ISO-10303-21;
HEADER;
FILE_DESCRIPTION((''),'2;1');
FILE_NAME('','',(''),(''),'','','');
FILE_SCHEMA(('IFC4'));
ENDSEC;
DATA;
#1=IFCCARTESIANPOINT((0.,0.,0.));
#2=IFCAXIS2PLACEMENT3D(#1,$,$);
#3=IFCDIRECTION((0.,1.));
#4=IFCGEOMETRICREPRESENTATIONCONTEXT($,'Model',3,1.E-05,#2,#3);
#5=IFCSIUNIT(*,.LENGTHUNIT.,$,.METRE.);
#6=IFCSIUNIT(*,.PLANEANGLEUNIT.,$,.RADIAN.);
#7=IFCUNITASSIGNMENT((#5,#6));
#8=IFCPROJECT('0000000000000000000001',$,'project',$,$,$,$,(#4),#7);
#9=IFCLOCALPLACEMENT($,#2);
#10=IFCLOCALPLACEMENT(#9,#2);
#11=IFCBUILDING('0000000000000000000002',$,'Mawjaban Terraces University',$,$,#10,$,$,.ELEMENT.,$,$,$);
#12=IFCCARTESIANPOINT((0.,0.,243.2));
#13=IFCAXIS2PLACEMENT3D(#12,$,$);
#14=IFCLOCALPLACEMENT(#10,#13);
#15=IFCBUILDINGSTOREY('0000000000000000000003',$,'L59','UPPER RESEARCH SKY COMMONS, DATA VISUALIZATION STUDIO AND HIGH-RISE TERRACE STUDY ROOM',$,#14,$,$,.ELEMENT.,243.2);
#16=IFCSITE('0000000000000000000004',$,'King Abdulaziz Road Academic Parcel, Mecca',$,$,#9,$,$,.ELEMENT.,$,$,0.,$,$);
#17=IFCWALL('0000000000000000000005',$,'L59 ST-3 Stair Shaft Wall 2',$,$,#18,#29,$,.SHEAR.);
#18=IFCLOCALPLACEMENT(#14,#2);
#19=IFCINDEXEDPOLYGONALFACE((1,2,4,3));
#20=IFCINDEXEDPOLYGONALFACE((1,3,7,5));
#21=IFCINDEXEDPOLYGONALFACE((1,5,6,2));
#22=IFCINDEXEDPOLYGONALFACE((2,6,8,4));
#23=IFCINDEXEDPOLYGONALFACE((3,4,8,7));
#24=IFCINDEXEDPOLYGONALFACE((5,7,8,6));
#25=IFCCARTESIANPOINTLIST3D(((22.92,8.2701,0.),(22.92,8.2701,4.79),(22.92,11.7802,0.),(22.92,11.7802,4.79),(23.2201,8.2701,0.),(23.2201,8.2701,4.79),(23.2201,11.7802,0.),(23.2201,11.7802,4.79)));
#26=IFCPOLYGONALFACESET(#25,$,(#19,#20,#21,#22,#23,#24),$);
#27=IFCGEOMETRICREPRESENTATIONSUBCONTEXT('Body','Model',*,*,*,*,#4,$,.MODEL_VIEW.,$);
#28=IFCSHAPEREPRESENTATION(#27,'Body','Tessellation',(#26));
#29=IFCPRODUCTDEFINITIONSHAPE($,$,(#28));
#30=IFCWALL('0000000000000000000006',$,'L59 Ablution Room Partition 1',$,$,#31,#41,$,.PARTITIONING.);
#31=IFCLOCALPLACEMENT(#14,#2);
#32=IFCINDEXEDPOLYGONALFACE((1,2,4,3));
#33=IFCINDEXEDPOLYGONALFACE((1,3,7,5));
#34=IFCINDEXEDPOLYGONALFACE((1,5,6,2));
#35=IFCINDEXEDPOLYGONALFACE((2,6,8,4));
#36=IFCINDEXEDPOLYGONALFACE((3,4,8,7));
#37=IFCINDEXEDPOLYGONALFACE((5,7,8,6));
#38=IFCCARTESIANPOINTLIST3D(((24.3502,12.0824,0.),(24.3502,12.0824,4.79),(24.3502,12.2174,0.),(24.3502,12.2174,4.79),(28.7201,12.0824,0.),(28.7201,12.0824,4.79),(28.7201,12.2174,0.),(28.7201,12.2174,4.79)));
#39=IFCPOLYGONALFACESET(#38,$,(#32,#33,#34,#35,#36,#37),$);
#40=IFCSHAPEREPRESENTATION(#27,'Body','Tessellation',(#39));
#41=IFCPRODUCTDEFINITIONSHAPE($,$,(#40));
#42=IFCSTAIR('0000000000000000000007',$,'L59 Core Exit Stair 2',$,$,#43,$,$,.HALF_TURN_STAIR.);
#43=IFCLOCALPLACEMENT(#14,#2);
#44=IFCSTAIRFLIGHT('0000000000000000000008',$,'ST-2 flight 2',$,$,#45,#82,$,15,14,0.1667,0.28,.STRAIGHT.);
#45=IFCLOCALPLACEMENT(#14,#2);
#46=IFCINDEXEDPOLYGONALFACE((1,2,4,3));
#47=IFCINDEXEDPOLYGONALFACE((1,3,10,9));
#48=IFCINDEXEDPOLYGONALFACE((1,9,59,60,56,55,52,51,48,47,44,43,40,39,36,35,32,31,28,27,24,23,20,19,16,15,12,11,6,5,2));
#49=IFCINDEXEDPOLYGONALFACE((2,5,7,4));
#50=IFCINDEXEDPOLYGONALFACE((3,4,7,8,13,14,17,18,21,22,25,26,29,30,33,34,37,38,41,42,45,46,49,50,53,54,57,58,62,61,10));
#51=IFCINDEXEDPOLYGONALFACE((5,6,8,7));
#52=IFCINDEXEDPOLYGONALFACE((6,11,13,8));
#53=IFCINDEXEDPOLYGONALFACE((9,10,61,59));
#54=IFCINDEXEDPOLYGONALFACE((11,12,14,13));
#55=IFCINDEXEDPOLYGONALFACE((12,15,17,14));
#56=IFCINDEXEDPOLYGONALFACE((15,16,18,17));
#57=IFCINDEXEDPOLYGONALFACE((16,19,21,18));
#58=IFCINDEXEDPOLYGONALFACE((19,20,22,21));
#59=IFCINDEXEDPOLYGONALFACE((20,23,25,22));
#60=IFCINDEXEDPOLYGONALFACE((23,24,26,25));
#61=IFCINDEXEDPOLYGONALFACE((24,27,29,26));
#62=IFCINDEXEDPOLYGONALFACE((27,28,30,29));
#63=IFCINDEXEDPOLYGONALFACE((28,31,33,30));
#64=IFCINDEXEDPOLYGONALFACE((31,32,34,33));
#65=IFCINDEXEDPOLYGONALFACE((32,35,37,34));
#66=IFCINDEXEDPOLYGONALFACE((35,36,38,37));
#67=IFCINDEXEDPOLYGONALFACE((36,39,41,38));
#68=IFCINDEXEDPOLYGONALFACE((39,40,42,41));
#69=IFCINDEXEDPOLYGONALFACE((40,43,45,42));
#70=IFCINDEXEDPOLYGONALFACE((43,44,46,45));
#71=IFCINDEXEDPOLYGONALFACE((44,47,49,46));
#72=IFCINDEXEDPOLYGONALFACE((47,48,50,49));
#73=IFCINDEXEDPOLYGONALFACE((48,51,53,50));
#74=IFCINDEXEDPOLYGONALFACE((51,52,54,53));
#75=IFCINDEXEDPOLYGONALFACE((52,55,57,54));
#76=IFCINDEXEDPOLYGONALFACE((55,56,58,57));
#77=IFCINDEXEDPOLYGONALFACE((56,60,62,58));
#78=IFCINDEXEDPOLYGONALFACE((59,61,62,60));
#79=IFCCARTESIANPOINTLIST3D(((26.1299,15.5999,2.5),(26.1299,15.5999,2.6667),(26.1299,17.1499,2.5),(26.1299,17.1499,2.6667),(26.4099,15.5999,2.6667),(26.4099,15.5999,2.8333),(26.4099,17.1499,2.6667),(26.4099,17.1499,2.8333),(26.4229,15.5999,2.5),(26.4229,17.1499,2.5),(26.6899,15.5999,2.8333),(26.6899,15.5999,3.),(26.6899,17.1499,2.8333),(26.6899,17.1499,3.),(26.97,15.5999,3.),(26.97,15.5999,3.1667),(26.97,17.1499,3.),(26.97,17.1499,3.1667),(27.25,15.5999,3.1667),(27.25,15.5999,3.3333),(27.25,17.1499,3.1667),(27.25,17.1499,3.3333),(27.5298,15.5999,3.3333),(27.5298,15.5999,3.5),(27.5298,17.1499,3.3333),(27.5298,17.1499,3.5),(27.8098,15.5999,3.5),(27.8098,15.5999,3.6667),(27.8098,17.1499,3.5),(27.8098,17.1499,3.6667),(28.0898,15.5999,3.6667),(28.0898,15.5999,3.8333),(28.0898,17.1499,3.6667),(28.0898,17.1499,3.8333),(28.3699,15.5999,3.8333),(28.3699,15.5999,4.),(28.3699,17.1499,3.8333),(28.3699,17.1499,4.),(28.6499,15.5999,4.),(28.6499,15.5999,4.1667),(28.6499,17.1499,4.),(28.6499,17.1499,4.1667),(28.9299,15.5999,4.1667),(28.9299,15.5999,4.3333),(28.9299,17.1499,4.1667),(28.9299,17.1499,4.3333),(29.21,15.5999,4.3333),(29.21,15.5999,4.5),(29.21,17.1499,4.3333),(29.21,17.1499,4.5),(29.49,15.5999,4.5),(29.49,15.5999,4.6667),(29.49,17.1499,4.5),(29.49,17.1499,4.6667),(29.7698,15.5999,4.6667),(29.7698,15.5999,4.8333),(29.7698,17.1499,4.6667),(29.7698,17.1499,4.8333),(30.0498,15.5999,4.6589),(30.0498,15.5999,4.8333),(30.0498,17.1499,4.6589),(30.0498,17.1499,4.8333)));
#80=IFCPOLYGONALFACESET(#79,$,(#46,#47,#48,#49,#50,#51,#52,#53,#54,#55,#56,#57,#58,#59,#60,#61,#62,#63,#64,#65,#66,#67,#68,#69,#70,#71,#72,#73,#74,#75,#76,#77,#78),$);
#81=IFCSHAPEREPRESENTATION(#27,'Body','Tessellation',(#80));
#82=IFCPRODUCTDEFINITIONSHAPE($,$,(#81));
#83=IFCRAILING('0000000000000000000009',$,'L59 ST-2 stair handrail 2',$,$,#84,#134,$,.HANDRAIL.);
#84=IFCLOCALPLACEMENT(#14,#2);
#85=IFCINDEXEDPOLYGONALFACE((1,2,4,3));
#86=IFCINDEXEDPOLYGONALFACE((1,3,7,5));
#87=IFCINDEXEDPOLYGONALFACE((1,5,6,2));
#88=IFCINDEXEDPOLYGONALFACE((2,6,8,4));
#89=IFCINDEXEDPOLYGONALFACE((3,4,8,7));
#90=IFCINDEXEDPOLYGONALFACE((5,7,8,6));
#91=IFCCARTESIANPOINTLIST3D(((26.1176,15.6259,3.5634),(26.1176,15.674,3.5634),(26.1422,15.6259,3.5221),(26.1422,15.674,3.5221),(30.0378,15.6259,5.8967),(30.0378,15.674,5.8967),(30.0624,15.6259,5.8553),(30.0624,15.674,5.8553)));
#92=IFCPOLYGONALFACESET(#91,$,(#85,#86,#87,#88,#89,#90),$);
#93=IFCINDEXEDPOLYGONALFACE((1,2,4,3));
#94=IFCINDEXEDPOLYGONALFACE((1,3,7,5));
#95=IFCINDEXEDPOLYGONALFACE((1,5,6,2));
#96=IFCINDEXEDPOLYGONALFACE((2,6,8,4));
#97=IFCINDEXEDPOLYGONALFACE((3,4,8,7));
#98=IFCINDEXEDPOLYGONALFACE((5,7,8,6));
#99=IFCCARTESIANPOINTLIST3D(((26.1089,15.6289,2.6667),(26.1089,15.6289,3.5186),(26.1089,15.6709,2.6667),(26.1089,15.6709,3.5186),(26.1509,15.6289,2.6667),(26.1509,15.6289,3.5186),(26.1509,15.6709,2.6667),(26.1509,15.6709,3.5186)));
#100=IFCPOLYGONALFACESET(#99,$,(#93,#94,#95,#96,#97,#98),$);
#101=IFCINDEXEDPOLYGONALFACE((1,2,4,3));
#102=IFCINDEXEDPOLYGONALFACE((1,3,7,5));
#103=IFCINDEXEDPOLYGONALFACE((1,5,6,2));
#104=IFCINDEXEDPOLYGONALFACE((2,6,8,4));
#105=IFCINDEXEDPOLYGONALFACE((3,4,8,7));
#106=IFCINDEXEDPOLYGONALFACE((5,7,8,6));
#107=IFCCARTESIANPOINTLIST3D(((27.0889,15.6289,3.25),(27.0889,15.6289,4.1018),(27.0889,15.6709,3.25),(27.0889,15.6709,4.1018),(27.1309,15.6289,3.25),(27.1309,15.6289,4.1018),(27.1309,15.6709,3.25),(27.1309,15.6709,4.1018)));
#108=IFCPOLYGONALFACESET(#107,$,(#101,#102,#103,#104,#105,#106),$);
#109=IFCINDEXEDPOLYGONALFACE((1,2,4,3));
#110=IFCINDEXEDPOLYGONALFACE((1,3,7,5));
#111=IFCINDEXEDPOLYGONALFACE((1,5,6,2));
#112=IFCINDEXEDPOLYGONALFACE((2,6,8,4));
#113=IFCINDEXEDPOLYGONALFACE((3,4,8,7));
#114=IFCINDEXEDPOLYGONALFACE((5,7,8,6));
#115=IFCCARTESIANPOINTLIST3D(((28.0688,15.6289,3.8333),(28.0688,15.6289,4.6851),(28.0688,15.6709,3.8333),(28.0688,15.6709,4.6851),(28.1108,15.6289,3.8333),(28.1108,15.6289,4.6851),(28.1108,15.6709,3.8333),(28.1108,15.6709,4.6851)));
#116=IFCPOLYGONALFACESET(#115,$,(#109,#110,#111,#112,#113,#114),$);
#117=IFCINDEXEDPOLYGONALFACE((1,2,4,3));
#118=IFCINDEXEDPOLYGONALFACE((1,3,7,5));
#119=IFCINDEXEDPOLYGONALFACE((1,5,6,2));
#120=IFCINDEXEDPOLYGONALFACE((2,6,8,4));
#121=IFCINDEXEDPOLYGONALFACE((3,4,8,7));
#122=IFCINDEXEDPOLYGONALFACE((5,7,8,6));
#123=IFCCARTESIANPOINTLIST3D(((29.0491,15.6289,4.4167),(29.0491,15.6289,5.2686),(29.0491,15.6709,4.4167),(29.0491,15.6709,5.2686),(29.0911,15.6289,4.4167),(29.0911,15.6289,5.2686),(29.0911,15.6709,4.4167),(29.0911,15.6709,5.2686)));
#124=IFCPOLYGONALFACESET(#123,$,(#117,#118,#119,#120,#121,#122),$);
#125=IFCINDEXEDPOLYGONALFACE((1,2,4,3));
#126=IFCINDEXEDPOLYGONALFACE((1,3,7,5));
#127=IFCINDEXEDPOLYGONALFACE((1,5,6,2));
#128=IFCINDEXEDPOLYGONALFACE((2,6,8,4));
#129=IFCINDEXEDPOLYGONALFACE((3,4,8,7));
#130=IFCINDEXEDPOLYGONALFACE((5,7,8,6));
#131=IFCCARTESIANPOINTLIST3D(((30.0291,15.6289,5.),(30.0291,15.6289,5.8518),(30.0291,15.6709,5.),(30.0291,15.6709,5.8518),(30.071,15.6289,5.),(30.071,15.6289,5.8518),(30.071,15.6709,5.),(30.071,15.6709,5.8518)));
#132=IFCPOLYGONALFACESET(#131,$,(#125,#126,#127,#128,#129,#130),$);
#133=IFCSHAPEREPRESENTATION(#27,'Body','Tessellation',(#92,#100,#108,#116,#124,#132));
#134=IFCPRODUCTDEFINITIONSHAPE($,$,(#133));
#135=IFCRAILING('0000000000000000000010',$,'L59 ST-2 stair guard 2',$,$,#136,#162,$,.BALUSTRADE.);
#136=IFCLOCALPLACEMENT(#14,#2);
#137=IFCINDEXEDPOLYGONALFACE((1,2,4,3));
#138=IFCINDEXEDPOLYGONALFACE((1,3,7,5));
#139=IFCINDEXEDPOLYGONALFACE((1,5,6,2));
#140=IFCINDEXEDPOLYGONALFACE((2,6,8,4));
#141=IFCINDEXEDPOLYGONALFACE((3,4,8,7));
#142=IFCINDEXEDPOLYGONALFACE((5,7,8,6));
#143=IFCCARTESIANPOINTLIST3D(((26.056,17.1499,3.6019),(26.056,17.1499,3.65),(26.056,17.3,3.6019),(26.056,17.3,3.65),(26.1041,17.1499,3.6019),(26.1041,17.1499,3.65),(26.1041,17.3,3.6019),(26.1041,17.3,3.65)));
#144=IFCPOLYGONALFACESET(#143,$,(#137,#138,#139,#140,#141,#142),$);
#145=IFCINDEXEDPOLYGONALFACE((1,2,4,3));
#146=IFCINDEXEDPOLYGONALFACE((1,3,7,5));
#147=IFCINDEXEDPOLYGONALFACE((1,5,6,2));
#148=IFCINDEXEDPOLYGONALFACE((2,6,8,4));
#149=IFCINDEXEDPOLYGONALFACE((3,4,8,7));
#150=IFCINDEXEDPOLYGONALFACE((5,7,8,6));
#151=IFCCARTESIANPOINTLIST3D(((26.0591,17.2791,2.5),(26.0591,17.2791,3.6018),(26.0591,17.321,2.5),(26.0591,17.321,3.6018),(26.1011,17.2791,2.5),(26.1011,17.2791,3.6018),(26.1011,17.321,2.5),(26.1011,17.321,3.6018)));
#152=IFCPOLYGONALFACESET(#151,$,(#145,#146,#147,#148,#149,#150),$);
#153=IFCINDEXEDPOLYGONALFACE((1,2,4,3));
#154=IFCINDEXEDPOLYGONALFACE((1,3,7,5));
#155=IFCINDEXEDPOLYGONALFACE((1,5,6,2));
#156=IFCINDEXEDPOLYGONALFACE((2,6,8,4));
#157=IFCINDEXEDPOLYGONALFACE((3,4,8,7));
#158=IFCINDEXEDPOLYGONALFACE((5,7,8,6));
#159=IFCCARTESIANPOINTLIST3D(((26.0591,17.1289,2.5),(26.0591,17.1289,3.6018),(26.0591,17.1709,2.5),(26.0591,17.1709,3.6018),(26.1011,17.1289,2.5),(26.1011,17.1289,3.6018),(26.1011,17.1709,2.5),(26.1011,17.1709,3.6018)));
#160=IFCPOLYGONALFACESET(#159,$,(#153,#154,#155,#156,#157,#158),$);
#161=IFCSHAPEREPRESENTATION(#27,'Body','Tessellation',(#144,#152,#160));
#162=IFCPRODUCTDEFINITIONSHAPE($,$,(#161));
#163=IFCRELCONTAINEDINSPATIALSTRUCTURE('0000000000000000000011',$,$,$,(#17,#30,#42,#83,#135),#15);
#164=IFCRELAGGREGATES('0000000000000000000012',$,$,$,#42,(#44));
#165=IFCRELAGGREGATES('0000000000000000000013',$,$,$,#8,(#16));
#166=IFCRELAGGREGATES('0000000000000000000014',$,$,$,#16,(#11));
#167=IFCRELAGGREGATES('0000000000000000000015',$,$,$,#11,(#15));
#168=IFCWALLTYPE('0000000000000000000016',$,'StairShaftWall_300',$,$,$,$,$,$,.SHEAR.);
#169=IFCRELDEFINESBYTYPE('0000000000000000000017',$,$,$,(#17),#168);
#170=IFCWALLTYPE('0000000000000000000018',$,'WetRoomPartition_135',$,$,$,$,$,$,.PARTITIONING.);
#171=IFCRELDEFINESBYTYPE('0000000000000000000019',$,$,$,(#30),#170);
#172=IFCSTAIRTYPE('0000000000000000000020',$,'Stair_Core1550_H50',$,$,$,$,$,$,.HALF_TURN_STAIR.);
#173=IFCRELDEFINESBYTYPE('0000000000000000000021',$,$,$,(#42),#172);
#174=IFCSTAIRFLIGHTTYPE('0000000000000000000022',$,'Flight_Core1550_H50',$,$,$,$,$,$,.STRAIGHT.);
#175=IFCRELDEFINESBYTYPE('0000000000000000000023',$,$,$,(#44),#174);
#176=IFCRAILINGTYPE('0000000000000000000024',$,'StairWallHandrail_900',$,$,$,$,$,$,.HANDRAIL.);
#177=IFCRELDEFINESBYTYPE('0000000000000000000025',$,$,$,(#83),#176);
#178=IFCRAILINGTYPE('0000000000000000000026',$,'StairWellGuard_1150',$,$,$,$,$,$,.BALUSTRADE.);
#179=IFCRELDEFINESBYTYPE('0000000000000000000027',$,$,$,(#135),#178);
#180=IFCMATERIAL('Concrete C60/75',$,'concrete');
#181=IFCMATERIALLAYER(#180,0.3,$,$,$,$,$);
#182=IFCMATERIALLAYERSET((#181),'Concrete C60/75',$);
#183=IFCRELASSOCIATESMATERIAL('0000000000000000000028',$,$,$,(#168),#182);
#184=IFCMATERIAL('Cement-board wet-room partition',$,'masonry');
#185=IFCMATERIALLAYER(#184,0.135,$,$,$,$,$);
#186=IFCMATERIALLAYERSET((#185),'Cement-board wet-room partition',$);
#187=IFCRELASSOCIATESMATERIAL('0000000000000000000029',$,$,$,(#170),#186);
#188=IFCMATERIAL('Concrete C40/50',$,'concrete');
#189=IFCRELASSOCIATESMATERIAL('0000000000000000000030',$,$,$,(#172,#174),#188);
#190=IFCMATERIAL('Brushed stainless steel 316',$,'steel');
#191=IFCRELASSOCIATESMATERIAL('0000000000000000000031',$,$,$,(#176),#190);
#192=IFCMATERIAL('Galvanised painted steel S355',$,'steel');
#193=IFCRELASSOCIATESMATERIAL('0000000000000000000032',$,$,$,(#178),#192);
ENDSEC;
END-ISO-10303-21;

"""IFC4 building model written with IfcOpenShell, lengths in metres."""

from ifc_helpers import new_model, si_unit, direction, frame, frame_2d, origin, origin_2d, place, context, subcontext, project, spatial, polyline, rectangle, outline, extrude, material, layer, layer_set, type_object, element, aggregate, save


model = new_model("IFC4")

# Units and contexts
model_context = context("Model", 3, precision=1e-05, world=origin(), true_north=direction((0.0, 1.0)))
body_context = subcontext(model_context, "Body", "Model", "MODEL_VIEW")
ifc_project = project(units=[si_unit("LENGTHUNIT", "METRE"), si_unit("PLANEANGLEUNIT", "RADIAN")], contexts=[model_context])

# Site, building, storey
site_placement = place(None, origin())
site = spatial("IfcSite", under=ifc_project, at=site_placement, Name="King Abdulaziz Road Academic Parcel, Mecca", CompositionType="ELEMENT", RefElevation=0.0)
building_placement = place(site_placement, origin())
building = spatial("IfcBuilding", under=site, at=building_placement, Name="Mawjaban Terraces University", CompositionType="ELEMENT")
storey_placement = place(building_placement, frame((0.0, 0.0, 243.2)))
storey = spatial("IfcBuildingStorey", under=building, at=storey_placement, Name="L59", Description="UPPER RESEARCH SKY COMMONS, DATA VISUALIZATION STUDIO AND HIGH-RISE TERRACE STUDY ROOM", CompositionType="ELEMENT", Elevation=243.2)

# Walls
ifc_material_1 = material(Name="Concrete C40/50", Category="concrete")
ifc_material_2 = material(Name="Concrete C60/75", Category="concrete")
ifc_layer_1 = layer(ifc_material_2, 0.3)
ifc_layer_set_1 = layer_set([ifc_layer_1], Name="Concrete C60/75")
wall_type_1 = type_object("IfcWallType", Name="StairShaftWall_300", PredefinedType="SHEAR", material=ifc_layer_set_1)
wall_1_placement = place(storey_placement, frame((23.0701, 11.78, 0.0), z_axis=(0.0, 0.0, 1.0), x_axis=(0.0, -1.0, 0.0)))
element("IfcWall", 1, at=wall_1_placement, inside=storey, type_object=wall_type_1, Name="L59 ST-3 Stair Shaft Wall 2", PredefinedType="SHEAR", context=body_context, shape_type="SweptSolid", body=[
    extrude(rectangle(XDim=3.51, YDim=0.3, at=frame_2d((1.7549, 0.0))), origin(), (0.0, 0.0, 1.0), 4.79),
])
ifc_material_3 = material(Name="Cement-board wet-room partition", Category="masonry")
ifc_layer_2 = layer(ifc_material_3, 0.135)
ifc_layer_set_2 = layer_set([ifc_layer_2], Name="Cement-board wet-room partition")
wall_type_2 = type_object("IfcWallType", Name="WetRoomPartition_135", PredefinedType="PARTITIONING", material=ifc_layer_set_2)
wall_2_placement = place(storey_placement, frame((24.3501, 12.1499, 0.0), z_axis=(0.0, 0.0, 1.0), x_axis=(1.0, 0.0, 0.0)))
element("IfcWall", 2, at=wall_2_placement, inside=storey, type_object=wall_type_2, Name="L59 Ablution Room Partition 1", PredefinedType="PARTITIONING", context=body_context, shape_type="SweptSolid", body=[
    extrude(rectangle(XDim=4.3699, YDim=0.135, at=frame_2d((2.1851, 0.0))), origin(), (0.0, 0.0, 1.0), 4.79),
])

# Stair, stair flight
stair_type = type_object("IfcStairType", Name="Stair_Core1550_H50", PredefinedType="HALF_TURN_STAIR", material=ifc_material_1)
stair_placement = place(storey_placement, origin())
stair = element("IfcStair", 3, at=stair_placement, inside=storey, type_object=stair_type, Name="L59 Core Exit Stair 2", PredefinedType="HALF_TURN_STAIR")
stair_flight_type = type_object("IfcStairFlightType", Name="Flight_Core1550_H50", PredefinedType="STRAIGHT", material=ifc_material_1)
stair_flight_placement = place(storey_placement, frame((26.1299, 16.375, 2.5), z_axis=(0.0, 0.0, 1.0), x_axis=(1.0, 0.0, 0.0)))
stair_flight = element("IfcStairFlight", 4, at=stair_flight_placement, type_object=stair_flight_type, Name="ST-2 flight 2", NumberOfRisers=15, NumberOfTreads=14, PredefinedType="STRAIGHT", RiserHeight=0.1667, TreadLength=0.28, context=body_context, shape_type="SweptSolid", body=[
    extrude(outline(polyline([(0.0, 0.0), (0.0, 0.1667), (0.28, 0.1667), (0.28, 0.3333), (0.5601, 0.3333), (0.5601, 0.5), (0.8401, 0.5), (0.8401, 0.6667), (1.1201, 0.6667), (1.1201, 0.8333), (1.3999, 0.8333), (1.3999, 1.0), (1.6799, 1.0), (1.6799, 1.1667), (1.96, 1.1667), (1.96, 1.3333), (2.24, 1.3333), (2.24, 1.5), (2.52, 1.5), (2.52, 1.6667), (2.8, 1.6667), (2.8, 1.8333), (3.0801, 1.8333), (3.0801, 2.0), (3.3601, 2.0), (3.3601, 2.1667), (3.6399, 2.1667), (3.6399, 2.3333), (3.9199, 2.3333), (3.9199, 2.5), (3.9199, 2.1589), (0.293, 0.0), (0.0, 0.0)])), frame((0.0, 0.7749, 0.0), z_axis=(0.0, -1.0, 0.0), x_axis=(1.0, 0.0, 0.0)), (0.0, 0.0, 1.0), 1.55),
])
aggregate(stair, [stair_flight])

# Railings
ifc_material_4 = material(Name="Brushed stainless steel 316", Category="steel")
railing_type_1 = type_object("IfcRailingType", Name="StairWallHandrail_900", PredefinedType="HANDRAIL", material=ifc_material_4)
railing_1_placement = place(storey_placement, frame((26.1299, 15.6499, 2.6667)))
element("IfcRailing", 5, at=railing_1_placement, inside=storey, type_object=railing_type_1, Name="L59 ST-2 stair handrail 2", PredefinedType="HANDRAIL", context=body_context, shape_type="SweptSolid", body=[
    extrude(rectangle(XDim=0.0481, YDim=0.0481, at=origin_2d()), frame((0.0, 0.0, 0.876), z_axis=(0.85931, 0.0, 0.511455), x_axis=(0.0, 1.0, 0.0)), (0.0, 0.0, 1.0), 4.562),
    extrude(rectangle(XDim=0.042, YDim=0.042, at=origin_2d()), origin(), (0.0, 0.0, 1.0), 0.8518),
    extrude(rectangle(XDim=0.042, YDim=0.042, at=origin_2d()), frame((0.98, 0.0, 0.5833)), (0.0, 0.0, 1.0), 0.8518),
    extrude(rectangle(XDim=0.042, YDim=0.042, at=origin_2d()), frame((1.96, 0.0, 1.1665)), (0.0, 0.0, 1.0), 0.8518),
    extrude(rectangle(XDim=0.042, YDim=0.042, at=origin_2d()), frame((2.9402, 0.0, 1.75)), (0.0, 0.0, 1.0), 0.8518),
    extrude(rectangle(XDim=0.042, YDim=0.042, at=origin_2d()), frame((3.9202, 0.0, 2.3333)), (0.0, 0.0, 1.0), 0.8518),
])
ifc_material_5 = material(Name="Galvanised painted steel S355", Category="steel")
railing_type_2 = type_object("IfcRailingType", Name="StairWellGuard_1150", PredefinedType="BALUSTRADE", material=ifc_material_5)
railing_2_placement = place(storey_placement, frame((26.0801, 17.3, 2.5)))
element("IfcRailing", 6, at=railing_2_placement, inside=storey, type_object=railing_type_2, Name="L59 ST-2 stair guard 2", PredefinedType="BALUSTRADE", context=body_context, shape_type="SweptSolid", body=[
    extrude(rectangle(XDim=0.0481, YDim=0.0481, at=origin_2d()), frame((0.0, 0.0, 1.126), z_axis=(0.0, -1.0, 0.0), x_axis=(1.0, 0.0, 0.0)), (0.0, 0.0, 1.0), 0.1501),
    extrude(rectangle(XDim=0.042, YDim=0.042, at=origin_2d()), origin(), (0.0, 0.0, 1.0), 1.1018),
    extrude(rectangle(XDim=0.042, YDim=0.042, at=origin_2d()), frame((0.0, -0.1501, 0.0)), (0.0, 0.0, 1.0), 1.1018),
])

save(model, "model.ifc")
